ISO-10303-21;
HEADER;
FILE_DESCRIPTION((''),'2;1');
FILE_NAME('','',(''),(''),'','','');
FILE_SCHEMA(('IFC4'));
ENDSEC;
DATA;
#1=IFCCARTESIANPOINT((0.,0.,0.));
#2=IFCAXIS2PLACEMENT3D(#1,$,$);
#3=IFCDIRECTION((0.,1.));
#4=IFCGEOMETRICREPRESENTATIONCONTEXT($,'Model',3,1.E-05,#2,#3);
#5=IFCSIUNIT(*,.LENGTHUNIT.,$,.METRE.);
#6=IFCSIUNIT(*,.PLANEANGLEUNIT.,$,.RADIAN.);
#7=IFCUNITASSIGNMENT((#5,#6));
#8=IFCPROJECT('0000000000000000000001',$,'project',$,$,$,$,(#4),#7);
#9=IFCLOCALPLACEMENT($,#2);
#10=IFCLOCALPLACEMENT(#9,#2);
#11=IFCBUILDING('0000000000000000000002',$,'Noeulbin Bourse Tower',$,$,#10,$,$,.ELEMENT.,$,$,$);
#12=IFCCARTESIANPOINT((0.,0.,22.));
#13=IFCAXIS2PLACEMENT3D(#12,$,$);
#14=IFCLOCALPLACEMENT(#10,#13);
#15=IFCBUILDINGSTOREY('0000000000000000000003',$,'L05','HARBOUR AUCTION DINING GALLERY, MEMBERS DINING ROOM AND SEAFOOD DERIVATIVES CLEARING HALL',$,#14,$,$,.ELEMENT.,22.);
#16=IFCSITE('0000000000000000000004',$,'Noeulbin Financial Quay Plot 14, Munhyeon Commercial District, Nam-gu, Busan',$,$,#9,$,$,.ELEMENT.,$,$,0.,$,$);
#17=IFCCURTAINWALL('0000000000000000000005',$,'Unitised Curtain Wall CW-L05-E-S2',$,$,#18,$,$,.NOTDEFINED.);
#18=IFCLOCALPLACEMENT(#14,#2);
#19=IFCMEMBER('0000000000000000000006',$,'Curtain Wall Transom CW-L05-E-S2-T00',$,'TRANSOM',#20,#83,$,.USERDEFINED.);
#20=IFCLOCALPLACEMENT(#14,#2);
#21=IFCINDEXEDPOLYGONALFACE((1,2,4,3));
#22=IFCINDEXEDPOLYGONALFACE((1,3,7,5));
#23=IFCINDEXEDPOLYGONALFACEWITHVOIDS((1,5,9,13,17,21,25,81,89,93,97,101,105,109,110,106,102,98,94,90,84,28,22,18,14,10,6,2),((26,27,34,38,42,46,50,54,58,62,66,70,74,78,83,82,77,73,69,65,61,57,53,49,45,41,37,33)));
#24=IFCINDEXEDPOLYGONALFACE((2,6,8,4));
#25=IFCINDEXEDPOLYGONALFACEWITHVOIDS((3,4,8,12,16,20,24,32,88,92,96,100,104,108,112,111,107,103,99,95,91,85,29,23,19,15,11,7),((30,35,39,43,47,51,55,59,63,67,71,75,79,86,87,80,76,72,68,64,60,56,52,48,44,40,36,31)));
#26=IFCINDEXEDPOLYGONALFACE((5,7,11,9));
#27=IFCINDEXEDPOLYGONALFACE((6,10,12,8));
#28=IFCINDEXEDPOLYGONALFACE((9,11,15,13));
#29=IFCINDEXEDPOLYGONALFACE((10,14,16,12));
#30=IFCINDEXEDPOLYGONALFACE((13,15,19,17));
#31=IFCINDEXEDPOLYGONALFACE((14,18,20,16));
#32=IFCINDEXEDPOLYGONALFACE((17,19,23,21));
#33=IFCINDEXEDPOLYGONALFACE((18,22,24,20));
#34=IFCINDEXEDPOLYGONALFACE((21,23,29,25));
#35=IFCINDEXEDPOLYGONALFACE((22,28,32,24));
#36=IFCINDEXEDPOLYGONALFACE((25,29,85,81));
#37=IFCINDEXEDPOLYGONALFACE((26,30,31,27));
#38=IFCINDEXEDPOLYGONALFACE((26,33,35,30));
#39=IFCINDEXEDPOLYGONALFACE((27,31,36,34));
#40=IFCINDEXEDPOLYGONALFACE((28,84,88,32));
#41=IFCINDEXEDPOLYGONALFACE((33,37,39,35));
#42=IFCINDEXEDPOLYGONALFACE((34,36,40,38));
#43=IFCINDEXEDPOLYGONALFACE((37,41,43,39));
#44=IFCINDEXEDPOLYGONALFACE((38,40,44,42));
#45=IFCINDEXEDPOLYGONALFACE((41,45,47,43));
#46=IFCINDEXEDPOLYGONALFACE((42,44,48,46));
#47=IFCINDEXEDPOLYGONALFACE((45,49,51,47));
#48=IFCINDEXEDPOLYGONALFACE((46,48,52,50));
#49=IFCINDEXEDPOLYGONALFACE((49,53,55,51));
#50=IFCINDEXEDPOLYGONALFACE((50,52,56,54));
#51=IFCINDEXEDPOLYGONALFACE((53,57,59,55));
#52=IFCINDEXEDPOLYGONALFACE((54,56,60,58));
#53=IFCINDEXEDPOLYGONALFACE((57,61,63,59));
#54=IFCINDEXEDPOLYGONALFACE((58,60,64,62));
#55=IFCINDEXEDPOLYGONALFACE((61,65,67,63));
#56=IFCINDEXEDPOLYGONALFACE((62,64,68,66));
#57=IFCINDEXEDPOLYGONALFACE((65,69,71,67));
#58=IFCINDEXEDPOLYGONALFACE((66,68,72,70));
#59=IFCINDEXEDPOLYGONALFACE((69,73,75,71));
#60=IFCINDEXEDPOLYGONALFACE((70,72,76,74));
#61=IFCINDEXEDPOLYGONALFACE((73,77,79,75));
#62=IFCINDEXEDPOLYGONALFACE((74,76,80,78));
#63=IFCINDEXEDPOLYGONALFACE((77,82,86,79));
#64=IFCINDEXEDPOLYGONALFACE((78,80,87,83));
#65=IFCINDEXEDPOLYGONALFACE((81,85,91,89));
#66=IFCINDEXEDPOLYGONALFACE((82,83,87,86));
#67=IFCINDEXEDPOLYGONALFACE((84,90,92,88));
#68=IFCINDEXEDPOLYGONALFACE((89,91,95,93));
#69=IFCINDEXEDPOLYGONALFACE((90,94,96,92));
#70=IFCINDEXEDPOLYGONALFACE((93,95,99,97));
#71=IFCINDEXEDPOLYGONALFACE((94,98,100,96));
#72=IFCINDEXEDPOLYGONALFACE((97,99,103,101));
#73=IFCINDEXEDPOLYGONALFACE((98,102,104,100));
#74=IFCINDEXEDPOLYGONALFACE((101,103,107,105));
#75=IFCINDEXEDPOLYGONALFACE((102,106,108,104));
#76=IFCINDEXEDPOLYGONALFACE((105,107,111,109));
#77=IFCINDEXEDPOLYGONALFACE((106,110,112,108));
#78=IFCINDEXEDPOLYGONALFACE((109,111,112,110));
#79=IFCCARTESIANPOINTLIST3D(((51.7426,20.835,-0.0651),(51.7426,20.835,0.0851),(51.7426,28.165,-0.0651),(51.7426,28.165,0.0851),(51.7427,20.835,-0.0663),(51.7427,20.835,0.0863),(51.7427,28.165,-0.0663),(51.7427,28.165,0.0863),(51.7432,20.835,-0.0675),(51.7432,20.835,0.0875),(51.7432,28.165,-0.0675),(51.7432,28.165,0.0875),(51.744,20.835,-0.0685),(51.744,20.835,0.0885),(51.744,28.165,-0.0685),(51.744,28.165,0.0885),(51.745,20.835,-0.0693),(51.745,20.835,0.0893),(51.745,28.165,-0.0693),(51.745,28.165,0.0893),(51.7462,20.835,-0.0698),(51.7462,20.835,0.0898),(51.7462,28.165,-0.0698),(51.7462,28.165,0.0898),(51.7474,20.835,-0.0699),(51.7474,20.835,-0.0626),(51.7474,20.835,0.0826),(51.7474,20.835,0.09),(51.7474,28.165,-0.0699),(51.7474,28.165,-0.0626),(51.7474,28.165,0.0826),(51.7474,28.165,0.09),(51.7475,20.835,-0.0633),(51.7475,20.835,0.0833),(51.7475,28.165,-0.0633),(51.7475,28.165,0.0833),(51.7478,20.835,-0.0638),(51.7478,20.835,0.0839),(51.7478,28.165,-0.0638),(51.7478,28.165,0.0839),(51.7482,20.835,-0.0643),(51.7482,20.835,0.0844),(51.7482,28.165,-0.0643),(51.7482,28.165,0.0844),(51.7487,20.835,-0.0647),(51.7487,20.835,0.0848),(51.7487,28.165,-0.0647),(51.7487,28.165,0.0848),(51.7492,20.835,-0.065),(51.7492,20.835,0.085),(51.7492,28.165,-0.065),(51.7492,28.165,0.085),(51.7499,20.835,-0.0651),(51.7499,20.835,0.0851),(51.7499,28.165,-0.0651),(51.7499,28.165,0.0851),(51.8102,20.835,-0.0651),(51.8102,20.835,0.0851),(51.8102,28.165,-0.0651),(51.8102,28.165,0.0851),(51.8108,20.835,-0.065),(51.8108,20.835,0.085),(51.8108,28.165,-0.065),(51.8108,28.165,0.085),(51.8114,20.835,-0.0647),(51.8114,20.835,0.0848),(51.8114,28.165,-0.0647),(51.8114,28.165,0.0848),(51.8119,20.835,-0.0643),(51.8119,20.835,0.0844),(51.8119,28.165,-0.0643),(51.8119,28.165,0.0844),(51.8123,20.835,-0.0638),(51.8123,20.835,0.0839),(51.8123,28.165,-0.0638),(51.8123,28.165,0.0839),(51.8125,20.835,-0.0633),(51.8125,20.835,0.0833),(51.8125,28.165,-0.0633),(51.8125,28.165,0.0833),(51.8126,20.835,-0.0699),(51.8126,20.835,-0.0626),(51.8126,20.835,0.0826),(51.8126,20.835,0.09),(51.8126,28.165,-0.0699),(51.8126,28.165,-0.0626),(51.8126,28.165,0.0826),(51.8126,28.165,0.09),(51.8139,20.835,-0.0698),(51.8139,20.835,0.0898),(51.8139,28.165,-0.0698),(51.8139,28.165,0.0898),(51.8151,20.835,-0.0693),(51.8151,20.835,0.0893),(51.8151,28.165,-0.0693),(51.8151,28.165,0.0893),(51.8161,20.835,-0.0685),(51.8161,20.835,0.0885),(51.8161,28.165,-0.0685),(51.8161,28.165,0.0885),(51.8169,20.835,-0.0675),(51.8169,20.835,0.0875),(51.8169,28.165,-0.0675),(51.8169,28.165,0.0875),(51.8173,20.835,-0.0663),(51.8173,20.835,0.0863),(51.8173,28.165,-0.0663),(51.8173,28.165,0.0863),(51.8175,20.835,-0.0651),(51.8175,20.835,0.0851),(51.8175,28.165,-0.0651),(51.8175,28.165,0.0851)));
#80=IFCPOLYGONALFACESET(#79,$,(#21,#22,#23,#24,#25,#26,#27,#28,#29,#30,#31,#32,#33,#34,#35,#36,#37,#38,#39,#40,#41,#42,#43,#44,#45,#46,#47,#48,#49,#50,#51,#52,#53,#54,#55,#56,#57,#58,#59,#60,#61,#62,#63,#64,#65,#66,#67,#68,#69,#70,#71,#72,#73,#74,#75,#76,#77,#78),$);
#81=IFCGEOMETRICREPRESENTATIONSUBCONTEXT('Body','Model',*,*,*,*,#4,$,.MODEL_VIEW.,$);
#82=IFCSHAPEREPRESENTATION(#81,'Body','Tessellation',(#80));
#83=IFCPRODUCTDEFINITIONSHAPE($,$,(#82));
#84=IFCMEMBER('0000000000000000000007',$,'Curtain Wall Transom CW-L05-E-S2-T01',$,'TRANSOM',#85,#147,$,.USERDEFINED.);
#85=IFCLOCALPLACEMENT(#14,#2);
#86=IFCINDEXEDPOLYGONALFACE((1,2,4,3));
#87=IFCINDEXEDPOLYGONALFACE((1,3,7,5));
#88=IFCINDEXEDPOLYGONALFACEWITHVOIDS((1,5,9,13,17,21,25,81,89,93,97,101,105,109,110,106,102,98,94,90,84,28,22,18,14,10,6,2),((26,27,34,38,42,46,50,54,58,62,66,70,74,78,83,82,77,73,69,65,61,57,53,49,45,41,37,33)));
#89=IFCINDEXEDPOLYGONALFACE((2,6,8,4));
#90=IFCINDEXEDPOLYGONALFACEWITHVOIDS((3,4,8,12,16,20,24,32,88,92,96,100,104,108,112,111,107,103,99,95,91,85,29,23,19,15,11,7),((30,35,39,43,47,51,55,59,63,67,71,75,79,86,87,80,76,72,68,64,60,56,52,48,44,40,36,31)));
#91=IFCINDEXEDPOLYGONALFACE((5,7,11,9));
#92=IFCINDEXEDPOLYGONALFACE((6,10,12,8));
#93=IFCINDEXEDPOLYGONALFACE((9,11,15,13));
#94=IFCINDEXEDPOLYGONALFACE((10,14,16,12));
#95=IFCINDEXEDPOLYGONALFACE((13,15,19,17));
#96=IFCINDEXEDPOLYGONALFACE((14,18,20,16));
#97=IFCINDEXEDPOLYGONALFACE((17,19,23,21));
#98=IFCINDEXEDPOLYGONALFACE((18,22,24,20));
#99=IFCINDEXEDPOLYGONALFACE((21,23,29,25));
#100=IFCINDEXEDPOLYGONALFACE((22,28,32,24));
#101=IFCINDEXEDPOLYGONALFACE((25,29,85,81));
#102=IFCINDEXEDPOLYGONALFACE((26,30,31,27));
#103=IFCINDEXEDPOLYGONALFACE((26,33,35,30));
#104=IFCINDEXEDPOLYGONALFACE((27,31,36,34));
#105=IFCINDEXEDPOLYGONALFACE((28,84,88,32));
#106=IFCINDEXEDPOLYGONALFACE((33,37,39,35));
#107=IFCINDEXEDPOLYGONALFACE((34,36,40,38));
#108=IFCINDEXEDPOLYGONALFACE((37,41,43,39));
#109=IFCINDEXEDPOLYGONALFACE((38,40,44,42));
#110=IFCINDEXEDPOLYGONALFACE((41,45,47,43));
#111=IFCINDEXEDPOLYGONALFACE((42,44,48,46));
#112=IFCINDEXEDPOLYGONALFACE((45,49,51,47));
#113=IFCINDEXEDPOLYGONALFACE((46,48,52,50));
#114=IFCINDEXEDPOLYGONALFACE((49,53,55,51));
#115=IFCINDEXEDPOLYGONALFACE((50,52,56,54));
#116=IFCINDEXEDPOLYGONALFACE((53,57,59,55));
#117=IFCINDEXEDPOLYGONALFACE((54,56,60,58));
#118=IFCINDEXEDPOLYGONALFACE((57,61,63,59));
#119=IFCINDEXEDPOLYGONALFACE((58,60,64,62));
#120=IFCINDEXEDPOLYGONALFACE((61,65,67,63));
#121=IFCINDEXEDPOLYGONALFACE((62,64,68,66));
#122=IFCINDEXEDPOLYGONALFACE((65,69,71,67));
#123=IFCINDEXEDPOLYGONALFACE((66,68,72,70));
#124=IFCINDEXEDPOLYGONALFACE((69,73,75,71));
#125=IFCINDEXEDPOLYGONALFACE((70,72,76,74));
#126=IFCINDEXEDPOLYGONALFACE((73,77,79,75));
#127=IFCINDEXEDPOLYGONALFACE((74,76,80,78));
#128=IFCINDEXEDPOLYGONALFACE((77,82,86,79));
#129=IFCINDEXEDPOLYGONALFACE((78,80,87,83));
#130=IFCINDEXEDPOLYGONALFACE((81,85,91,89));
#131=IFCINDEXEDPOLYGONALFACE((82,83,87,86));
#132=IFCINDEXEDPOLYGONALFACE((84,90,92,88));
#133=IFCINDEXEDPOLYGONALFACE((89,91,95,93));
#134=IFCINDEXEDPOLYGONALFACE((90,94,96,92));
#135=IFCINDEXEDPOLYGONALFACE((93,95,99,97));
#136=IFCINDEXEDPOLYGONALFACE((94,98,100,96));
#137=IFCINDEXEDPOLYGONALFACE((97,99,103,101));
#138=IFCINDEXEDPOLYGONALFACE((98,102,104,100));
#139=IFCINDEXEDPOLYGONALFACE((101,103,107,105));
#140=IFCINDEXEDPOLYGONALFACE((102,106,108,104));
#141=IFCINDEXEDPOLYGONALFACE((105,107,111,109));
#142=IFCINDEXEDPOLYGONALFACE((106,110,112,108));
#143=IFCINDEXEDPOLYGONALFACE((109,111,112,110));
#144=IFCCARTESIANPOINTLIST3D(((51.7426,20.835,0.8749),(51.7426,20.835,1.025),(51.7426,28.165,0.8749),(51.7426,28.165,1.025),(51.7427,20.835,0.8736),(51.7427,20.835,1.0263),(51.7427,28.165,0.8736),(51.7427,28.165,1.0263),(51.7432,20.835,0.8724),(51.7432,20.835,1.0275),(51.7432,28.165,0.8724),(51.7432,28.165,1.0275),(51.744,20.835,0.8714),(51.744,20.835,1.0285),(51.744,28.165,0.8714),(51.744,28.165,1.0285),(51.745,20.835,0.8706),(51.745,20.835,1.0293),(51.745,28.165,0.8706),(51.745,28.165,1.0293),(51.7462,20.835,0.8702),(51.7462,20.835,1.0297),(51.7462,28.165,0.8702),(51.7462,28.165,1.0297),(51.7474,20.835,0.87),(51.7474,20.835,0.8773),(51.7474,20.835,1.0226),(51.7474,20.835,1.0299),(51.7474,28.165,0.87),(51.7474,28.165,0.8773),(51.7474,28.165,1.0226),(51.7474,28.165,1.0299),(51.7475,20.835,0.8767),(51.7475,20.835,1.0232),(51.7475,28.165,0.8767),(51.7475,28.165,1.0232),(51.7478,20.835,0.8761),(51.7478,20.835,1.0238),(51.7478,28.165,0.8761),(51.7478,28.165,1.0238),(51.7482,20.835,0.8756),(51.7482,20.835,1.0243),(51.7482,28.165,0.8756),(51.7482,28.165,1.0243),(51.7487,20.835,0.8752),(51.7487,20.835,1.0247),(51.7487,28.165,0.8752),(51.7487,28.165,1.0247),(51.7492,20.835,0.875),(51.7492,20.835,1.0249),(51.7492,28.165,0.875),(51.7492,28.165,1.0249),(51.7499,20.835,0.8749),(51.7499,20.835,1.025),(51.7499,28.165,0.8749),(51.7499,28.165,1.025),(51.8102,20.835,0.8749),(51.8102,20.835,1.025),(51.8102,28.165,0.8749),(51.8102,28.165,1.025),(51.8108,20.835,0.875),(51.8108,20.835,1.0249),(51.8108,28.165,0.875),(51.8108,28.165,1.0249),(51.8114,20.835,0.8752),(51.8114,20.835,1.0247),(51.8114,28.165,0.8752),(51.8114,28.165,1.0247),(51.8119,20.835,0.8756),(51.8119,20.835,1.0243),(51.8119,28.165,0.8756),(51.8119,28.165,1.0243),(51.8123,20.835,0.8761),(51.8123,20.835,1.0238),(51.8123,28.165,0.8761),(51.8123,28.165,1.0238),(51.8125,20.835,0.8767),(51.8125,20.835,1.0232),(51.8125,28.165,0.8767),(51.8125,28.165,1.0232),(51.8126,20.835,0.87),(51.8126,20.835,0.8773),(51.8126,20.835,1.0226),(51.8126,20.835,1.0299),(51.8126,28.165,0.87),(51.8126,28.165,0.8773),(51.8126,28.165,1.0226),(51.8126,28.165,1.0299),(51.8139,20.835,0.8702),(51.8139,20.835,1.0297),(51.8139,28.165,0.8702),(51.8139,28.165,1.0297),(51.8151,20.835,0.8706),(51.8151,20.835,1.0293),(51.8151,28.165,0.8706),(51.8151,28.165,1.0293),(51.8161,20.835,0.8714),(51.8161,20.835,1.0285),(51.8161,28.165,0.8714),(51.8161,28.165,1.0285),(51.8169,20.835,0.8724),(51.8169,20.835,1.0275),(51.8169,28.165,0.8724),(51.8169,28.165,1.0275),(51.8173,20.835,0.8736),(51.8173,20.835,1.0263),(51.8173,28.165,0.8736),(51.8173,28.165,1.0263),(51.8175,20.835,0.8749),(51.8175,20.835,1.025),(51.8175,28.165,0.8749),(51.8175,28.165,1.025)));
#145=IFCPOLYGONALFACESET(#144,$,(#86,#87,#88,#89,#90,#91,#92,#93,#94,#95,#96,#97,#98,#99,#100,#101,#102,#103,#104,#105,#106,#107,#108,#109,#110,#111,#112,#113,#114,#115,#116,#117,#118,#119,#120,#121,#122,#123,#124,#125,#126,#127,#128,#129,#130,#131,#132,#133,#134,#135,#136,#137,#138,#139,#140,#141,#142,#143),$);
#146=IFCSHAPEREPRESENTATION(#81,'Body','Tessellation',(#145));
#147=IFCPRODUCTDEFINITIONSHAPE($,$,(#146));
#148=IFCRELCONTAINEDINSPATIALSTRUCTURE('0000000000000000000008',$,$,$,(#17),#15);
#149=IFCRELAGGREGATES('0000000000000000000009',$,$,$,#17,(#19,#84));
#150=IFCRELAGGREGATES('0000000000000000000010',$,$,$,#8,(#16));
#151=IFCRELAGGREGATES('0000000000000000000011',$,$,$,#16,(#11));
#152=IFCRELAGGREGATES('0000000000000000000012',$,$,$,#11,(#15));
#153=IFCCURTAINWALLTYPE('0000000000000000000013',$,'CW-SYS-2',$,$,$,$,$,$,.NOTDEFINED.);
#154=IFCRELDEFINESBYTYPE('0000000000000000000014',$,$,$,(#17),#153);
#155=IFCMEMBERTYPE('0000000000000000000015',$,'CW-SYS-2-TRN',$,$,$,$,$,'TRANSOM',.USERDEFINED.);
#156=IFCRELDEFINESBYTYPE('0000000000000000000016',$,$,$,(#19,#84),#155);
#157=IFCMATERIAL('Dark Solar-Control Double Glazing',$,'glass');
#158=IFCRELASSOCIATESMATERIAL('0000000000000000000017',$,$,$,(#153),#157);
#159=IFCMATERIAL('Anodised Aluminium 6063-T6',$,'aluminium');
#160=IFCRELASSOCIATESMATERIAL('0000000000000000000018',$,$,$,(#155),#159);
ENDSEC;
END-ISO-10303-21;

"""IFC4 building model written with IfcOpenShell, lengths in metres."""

from ifc_helpers import new_model, si_unit, direction, frame, origin, origin_2d, place, context, subcontext, project, spatial, hollow_rectangle, extrude, material, material_profile, profile_set, type_object, element, aggregate, save


model = new_model("IFC4")

# Units and contexts
model_context = context("Model", 3, precision=1e-05, world=origin(), true_north=direction((0.0, 1.0)))
body_context = subcontext(model_context, "Body", "Model", "MODEL_VIEW")
ifc_project = project(units=[si_unit("LENGTHUNIT", "METRE"), si_unit("PLANEANGLEUNIT", "RADIAN")], contexts=[model_context])

# Site, building, storey
site_placement = place(None, origin())
site = spatial("IfcSite", under=ifc_project, at=site_placement, Name="Noeulbin Financial Quay Plot 14, Munhyeon Commercial District, Nam-gu, Busan", CompositionType="ELEMENT", RefElevation=0.0)
building_placement = place(site_placement, origin())
building = spatial("IfcBuilding", under=site, at=building_placement, Name="Noeulbin Bourse Tower", CompositionType="ELEMENT")
storey_placement = place(building_placement, frame((0.0, 0.0, 22.0)))
storey = spatial("IfcBuildingStorey", under=building, at=storey_placement, Name="L05", Description="HARBOUR AUCTION DINING GALLERY, MEMBERS DINING ROOM AND SEAFOOD DERIVATIVES CLEARING HALL", CompositionType="ELEMENT", Elevation=22.0)

# Shared definitions
ifc_material_1 = material(Name="Anodised Aluminium 6063-T6", Category="aluminium")

# Curtain wall, members
ifc_material_2 = material(Name="Dark Solar-Control Double Glazing", Category="glass")
curtain_wall_type_1 = type_object("IfcCurtainWallType", Name="CW-SYS-2", PredefinedType="NOTDEFINED", material=ifc_material_2)
curtain_wall_1_placement = place(storey_placement, origin())
curtain_wall_1 = element("IfcCurtainWall", 1, at=curtain_wall_1_placement, inside=storey, type_object=curtain_wall_type_1, Name="Unitised Curtain Wall CW-L05-E-S2", PredefinedType="NOTDEFINED")
ifc_material_profile_1 = material_profile(ifc_material_1, hollow_rectangle(XDim=0.075, YDim=0.1599, WallThickness=0.0049, InnerFilletRadius=0.0024, OuterFilletRadius=0.0049, at=origin_2d()), Name="ALU-TRAN-75x160x5", Category="LoadBearing")
ifc_profile_set_1 = profile_set([ifc_material_profile_1], Name="Anodised Aluminium 6063-T6")
member_type_1 = type_object("IfcMemberType", Name="CW-SYS-2-TRN", ElementType="TRANSOM", PredefinedType="USERDEFINED", material=ifc_profile_set_1)
member_1_placement = place(storey_placement, frame((51.78, 20.835, 0.01), z_axis=(0.0, 1.0, 0.0), x_axis=(-1.0, 0.0, 0.0)))
member_1 = element("IfcMember", 2, at=member_1_placement, type_object=member_type_1, Name="Curtain Wall Transom CW-L05-E-S2-T00", ObjectType="TRANSOM", PredefinedType="USERDEFINED", context=body_context, shape_type="SweptSolid", body=[
    extrude(hollow_rectangle(XDim=0.075, YDim=0.1599, WallThickness=0.0049, InnerFilletRadius=0.0024, OuterFilletRadius=0.0049, at=origin_2d()), origin(), (0.0, 0.0, 1.0), 7.3301),
])
member_2_placement = place(storey_placement, frame((51.78, 20.835, 0.95), z_axis=(0.0, 1.0, 0.0), x_axis=(-1.0, 0.0, 0.0)))
member_2 = element("IfcMember", 3, at=member_2_placement, type_object=member_type_1, Name="Curtain Wall Transom CW-L05-E-S2-T01", ObjectType="TRANSOM", PredefinedType="USERDEFINED", context=body_context, shape_type="SweptSolid", body=[
    extrude(hollow_rectangle(XDim=0.075, YDim=0.1599, WallThickness=0.0049, InnerFilletRadius=0.0024, OuterFilletRadius=0.0049, at=origin_2d()), origin(), (0.0, 0.0, 1.0), 7.3301),
])

aggregate(curtain_wall_1, [member_1, member_2])

save(model, "model.ifc")
